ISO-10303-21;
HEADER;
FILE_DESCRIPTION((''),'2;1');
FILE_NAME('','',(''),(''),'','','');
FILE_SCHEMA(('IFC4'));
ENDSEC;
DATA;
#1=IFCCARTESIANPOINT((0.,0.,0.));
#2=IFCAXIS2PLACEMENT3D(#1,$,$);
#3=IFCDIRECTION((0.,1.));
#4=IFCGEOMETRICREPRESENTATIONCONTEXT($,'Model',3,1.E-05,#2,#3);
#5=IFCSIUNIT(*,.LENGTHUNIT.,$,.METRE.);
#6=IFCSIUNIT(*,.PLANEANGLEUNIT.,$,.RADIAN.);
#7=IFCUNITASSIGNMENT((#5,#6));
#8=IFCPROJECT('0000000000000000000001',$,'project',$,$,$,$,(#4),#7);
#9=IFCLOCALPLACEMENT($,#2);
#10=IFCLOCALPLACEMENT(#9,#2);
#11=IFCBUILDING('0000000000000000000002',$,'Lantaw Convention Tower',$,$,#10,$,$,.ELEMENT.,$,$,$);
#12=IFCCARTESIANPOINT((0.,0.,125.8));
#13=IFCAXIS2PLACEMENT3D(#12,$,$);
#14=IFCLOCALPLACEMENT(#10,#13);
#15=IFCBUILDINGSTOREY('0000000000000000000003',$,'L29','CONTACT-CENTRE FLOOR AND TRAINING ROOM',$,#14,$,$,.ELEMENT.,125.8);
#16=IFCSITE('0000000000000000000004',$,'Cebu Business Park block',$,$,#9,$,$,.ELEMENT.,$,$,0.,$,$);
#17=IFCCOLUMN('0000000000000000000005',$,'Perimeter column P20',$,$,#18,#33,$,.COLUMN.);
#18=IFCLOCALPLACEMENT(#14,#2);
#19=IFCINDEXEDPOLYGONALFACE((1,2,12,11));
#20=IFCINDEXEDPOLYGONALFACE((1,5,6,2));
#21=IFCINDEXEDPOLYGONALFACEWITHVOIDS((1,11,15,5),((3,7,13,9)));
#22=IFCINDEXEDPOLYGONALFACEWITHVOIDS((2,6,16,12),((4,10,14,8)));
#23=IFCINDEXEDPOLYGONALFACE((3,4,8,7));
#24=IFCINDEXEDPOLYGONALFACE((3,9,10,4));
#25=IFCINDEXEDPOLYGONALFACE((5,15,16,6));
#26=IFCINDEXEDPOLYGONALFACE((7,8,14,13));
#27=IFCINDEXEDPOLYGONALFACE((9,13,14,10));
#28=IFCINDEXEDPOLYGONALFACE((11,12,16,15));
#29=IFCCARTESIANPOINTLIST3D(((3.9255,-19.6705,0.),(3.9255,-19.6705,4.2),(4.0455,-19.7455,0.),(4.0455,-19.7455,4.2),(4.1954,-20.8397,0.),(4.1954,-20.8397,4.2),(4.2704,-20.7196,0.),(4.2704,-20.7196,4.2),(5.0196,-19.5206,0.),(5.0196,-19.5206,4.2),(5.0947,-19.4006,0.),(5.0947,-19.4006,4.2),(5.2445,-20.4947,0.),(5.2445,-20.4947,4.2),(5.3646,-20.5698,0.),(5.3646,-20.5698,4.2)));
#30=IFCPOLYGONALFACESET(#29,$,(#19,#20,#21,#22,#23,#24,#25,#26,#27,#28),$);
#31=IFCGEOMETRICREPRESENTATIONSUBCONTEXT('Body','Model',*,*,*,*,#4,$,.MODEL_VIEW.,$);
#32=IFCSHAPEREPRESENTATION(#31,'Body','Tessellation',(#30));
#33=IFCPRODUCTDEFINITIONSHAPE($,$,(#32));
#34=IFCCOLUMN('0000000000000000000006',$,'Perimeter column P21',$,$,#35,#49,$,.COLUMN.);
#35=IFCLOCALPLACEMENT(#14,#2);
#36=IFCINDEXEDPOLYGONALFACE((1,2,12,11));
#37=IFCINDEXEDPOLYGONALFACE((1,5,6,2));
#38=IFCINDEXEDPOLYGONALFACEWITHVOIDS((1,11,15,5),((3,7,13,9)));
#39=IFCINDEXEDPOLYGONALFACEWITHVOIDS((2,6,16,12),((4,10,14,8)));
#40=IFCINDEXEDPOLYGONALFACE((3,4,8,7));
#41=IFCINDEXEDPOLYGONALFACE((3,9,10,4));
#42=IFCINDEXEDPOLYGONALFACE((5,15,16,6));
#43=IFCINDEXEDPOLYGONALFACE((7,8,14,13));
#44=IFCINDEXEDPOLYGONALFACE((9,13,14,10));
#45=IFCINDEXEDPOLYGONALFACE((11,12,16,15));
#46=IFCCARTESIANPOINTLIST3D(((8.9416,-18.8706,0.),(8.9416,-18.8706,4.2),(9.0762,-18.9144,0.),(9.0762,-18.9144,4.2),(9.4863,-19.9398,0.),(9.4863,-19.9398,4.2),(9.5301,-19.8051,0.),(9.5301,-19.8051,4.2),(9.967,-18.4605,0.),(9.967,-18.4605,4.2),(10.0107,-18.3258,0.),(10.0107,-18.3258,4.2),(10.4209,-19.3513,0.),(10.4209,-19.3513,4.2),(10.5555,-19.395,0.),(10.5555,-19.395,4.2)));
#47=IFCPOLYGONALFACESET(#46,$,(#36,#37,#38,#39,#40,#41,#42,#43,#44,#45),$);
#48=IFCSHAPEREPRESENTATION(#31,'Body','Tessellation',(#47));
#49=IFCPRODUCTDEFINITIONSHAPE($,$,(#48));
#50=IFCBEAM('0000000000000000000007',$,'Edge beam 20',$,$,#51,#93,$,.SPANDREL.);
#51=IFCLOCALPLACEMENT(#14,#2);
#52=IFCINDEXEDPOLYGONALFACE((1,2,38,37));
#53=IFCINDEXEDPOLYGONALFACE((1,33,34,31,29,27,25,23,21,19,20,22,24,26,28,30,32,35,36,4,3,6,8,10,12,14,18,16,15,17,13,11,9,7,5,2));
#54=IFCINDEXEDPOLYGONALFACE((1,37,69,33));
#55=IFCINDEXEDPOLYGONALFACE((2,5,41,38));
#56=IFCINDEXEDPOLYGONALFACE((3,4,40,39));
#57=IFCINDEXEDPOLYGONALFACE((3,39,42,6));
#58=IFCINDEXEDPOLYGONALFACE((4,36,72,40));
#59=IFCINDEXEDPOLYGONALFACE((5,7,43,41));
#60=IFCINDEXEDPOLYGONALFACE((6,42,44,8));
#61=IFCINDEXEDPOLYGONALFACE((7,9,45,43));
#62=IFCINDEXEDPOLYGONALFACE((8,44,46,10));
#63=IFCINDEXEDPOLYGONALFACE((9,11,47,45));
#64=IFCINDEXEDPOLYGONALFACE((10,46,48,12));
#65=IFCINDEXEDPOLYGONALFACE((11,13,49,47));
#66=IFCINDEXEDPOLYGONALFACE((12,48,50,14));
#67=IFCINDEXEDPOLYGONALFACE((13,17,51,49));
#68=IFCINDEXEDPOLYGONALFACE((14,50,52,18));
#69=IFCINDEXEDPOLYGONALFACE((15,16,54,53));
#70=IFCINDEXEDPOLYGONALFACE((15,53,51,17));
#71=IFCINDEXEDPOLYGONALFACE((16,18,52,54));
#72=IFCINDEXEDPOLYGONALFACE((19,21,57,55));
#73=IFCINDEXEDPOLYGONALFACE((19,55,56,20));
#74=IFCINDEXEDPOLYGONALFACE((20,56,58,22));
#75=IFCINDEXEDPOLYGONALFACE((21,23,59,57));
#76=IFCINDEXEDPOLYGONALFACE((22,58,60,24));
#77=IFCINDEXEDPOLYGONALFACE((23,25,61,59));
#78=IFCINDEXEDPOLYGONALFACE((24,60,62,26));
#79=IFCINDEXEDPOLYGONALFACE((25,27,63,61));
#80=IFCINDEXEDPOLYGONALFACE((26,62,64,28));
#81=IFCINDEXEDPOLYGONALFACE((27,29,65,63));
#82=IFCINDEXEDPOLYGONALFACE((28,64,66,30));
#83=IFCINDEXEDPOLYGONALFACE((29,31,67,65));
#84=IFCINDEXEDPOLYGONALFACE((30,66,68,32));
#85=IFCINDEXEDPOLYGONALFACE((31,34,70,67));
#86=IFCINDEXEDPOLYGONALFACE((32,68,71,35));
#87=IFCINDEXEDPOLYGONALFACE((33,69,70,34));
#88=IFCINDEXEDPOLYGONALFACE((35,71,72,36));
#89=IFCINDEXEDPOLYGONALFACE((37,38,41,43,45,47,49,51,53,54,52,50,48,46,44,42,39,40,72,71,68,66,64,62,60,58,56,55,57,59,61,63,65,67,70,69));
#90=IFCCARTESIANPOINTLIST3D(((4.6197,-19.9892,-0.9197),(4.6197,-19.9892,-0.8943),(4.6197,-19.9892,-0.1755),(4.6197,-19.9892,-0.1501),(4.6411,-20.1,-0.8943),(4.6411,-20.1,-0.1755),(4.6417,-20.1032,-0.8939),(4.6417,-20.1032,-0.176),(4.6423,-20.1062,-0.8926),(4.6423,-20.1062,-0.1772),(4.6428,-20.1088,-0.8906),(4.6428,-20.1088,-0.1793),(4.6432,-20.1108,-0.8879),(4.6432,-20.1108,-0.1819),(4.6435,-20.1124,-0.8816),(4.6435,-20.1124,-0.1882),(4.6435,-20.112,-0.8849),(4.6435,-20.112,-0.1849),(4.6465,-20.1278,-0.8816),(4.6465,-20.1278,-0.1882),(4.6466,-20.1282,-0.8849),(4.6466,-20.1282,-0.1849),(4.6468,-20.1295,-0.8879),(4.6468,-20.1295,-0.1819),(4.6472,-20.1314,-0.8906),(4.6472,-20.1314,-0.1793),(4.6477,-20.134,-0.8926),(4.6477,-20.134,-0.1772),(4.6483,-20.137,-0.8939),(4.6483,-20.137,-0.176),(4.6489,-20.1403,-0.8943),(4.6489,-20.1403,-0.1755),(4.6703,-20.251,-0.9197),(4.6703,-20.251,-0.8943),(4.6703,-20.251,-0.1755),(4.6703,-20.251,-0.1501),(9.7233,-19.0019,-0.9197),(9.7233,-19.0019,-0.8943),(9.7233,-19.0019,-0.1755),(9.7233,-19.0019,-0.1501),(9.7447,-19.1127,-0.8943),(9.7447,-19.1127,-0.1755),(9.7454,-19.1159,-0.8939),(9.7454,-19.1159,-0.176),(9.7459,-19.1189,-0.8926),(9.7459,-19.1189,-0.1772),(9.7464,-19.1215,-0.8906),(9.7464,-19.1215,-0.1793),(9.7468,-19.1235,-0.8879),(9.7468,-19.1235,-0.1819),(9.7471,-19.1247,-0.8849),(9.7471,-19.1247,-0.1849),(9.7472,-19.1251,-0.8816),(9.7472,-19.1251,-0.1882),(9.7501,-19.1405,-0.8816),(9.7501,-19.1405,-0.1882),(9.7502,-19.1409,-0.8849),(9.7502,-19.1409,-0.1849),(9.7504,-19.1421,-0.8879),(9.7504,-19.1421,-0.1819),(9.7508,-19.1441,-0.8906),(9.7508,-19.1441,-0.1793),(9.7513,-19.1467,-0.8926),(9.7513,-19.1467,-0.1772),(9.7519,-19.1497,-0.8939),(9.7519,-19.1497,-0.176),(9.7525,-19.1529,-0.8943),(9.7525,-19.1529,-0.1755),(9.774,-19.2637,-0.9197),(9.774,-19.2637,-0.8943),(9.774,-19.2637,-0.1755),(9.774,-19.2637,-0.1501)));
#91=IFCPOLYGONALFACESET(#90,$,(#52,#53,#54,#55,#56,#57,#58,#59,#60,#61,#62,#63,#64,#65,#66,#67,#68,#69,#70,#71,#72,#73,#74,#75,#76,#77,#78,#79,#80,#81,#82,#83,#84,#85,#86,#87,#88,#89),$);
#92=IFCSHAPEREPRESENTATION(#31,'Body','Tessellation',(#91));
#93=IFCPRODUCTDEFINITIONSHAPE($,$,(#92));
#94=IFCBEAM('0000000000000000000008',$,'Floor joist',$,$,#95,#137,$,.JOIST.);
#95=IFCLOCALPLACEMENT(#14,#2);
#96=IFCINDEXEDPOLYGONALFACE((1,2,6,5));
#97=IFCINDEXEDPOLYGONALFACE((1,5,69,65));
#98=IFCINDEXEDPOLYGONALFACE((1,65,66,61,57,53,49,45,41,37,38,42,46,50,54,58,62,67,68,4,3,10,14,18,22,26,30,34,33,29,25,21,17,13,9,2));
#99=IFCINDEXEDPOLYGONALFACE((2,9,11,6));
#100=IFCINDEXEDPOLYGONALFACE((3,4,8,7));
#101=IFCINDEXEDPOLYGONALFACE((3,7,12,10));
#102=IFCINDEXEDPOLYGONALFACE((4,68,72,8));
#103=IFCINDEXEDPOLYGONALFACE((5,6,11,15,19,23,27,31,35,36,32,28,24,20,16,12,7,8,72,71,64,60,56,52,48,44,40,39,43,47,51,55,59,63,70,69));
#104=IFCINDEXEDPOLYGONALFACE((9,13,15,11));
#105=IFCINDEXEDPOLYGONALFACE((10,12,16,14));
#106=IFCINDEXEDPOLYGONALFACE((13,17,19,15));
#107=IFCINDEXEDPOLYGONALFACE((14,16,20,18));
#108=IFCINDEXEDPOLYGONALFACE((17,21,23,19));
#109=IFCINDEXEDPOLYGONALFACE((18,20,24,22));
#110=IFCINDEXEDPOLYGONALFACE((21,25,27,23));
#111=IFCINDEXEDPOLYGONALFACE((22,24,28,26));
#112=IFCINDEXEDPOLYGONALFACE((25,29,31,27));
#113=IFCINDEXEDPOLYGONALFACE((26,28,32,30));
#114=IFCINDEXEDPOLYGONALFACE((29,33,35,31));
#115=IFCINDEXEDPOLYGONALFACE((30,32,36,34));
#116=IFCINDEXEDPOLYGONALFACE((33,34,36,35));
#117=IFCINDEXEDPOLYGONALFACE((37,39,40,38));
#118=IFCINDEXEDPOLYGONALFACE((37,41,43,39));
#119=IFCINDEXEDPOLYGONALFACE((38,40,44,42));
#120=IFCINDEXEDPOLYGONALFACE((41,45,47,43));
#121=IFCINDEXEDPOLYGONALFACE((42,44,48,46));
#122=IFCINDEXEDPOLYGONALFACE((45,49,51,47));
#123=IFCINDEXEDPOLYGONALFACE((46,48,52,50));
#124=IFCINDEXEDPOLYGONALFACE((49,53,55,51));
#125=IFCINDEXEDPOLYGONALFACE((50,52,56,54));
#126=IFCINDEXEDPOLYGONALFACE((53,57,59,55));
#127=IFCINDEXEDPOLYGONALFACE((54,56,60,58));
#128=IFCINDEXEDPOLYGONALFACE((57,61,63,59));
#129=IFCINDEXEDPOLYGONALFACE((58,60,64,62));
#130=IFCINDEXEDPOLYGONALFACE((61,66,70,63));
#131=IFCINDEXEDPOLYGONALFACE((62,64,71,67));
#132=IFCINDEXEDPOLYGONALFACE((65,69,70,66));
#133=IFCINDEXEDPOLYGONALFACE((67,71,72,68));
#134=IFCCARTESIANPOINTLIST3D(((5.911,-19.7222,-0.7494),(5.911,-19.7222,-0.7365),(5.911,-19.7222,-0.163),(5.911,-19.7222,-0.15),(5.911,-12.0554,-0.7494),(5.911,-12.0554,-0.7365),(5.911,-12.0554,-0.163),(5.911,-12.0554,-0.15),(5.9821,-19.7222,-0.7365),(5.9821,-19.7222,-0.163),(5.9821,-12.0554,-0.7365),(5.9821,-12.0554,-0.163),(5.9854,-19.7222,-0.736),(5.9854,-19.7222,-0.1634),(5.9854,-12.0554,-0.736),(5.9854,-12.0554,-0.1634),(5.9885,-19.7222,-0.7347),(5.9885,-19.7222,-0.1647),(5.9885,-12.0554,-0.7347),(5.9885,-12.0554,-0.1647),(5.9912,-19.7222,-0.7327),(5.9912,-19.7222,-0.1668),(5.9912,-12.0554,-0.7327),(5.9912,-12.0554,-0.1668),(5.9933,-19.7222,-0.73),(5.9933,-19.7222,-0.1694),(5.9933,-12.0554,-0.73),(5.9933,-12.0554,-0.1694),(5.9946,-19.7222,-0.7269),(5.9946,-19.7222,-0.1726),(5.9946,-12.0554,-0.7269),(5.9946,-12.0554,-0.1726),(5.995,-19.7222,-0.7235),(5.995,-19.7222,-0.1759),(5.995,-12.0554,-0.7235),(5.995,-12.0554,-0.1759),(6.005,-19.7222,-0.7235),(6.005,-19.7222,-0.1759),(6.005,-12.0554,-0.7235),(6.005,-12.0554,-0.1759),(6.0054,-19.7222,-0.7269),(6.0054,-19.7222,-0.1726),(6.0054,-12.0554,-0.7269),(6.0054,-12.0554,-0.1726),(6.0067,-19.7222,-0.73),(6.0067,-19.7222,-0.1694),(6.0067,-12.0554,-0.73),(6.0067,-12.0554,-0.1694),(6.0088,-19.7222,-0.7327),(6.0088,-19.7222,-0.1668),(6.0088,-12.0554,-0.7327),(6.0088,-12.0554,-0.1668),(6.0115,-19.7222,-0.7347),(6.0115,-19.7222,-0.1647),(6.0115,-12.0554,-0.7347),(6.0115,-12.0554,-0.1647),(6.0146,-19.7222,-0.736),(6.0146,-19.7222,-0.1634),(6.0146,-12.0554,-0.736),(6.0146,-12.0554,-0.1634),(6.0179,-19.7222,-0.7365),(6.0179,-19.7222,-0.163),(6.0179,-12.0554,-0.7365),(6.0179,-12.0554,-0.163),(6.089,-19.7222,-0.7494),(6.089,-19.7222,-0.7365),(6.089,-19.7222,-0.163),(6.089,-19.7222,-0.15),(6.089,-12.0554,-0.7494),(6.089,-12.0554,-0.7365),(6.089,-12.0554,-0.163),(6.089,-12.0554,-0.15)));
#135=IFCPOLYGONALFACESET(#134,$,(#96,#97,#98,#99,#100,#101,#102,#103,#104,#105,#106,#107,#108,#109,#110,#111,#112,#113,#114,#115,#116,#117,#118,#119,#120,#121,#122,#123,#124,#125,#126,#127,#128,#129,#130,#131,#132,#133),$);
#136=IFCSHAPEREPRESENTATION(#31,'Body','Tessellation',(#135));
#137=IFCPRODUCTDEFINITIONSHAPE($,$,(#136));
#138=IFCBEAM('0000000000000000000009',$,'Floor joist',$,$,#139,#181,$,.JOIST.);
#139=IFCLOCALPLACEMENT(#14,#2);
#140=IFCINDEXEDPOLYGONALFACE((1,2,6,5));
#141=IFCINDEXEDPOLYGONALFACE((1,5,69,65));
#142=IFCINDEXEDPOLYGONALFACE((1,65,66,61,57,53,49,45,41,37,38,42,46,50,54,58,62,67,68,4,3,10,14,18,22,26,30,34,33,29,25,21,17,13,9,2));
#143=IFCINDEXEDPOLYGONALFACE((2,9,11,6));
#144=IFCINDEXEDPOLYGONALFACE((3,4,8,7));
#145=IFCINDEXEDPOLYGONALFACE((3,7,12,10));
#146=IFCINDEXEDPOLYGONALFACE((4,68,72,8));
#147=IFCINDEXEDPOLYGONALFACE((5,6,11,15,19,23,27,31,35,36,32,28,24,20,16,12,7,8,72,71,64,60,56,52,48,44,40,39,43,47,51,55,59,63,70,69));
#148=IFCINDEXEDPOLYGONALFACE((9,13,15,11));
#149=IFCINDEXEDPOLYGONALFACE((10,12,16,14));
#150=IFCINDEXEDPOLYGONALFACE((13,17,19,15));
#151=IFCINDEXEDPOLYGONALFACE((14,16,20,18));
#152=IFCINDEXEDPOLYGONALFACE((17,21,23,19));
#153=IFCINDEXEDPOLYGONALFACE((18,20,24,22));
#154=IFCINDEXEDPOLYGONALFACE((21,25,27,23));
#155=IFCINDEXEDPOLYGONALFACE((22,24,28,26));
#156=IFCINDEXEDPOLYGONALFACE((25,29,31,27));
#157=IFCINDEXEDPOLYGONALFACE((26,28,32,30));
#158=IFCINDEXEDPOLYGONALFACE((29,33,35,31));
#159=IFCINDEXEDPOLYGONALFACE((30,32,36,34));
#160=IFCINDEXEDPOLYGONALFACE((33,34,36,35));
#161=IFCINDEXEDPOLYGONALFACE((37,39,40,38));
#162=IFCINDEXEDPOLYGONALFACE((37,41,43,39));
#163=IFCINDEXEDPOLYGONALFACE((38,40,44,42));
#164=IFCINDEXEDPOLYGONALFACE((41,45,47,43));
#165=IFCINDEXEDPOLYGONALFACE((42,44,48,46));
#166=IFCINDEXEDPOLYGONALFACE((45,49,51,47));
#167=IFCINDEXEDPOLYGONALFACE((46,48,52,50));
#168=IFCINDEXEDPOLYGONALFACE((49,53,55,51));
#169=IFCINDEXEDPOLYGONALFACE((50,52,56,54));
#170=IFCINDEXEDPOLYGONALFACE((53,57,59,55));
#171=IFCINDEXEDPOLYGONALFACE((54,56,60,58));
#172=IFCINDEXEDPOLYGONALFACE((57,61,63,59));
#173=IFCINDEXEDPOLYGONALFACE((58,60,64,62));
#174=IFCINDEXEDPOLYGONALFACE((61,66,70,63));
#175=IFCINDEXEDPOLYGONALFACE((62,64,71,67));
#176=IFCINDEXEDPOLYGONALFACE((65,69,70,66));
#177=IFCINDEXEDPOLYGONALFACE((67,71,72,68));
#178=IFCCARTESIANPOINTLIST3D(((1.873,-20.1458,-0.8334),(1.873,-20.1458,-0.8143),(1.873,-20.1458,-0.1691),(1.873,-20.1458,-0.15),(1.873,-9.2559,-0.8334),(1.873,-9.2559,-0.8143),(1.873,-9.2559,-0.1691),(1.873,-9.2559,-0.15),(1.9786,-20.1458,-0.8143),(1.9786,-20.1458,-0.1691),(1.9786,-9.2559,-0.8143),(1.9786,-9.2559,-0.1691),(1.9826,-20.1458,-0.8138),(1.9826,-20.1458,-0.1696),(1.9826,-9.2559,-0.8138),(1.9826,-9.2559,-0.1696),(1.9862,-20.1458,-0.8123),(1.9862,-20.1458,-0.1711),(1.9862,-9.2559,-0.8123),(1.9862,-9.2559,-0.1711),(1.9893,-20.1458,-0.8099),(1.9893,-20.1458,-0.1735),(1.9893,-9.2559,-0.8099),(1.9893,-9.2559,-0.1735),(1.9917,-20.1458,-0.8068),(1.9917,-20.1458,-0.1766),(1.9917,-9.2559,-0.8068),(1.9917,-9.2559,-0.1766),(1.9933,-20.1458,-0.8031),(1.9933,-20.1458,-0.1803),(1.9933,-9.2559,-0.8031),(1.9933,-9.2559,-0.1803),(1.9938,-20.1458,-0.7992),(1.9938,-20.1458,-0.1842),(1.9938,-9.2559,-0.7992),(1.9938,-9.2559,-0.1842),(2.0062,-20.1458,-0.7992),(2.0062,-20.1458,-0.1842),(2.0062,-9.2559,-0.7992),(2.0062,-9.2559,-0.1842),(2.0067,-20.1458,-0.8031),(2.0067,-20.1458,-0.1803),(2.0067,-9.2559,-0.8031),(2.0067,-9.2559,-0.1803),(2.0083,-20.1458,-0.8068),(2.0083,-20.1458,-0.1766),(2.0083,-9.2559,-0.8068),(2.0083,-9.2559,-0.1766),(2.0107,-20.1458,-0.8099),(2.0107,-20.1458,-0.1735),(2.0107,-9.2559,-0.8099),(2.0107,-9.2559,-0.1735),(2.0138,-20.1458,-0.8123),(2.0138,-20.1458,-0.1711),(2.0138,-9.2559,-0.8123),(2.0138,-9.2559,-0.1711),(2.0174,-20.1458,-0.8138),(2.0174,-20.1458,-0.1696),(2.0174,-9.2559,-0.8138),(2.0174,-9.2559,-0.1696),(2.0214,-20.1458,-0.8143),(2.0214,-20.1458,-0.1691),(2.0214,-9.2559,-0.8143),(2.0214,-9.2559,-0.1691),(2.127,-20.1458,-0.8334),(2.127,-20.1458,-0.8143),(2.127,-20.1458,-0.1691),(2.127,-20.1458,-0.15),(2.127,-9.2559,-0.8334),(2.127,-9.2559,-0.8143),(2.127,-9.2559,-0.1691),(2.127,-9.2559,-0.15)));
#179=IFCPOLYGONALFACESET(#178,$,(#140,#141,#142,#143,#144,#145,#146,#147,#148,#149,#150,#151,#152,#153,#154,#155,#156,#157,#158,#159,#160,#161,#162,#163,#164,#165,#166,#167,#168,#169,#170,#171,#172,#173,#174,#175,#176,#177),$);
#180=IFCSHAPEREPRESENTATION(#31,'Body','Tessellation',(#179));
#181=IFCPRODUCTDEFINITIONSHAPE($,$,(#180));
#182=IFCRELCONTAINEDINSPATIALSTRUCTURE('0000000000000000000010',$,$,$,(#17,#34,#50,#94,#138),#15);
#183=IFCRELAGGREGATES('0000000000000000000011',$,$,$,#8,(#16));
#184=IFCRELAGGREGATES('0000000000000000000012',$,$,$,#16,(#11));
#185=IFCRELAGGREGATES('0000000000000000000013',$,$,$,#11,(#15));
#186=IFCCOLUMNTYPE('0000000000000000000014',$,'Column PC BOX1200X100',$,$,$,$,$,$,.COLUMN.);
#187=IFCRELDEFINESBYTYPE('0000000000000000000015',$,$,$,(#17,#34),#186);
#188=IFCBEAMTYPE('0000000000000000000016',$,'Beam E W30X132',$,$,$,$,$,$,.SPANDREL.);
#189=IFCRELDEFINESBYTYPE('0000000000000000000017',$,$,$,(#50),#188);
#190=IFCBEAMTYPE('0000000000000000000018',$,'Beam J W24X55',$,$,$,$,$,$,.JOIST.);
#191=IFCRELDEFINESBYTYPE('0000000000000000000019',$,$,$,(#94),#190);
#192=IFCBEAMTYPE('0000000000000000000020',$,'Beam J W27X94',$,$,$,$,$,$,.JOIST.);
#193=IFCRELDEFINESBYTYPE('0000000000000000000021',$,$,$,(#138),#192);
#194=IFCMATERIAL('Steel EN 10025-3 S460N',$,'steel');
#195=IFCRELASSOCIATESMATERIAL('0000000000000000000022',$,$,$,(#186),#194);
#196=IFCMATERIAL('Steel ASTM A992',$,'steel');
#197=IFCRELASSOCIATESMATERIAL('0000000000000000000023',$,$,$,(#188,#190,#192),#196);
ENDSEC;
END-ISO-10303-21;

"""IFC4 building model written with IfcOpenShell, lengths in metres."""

from ifc_helpers import new_model, si_unit, direction, frame, origin, origin_2d, place, context, subcontext, project, spatial, rectangle, hollow_rectangle, i_section, extrude, material, material_profile, profile_set, type_object, element, save


model = new_model("IFC4")

# Units and contexts
model_context = context("Model", 3, precision=1e-05, world=origin(), true_north=direction((0.0, 1.0)))
body_context = subcontext(model_context, "Body", "Model", "MODEL_VIEW")
ifc_project = project(units=[si_unit("LENGTHUNIT", "METRE"), si_unit("PLANEANGLEUNIT", "RADIAN")], contexts=[model_context])

# Site, building, storey
site_placement = place(None, origin())
site = spatial("IfcSite", under=ifc_project, at=site_placement, Name="Cebu Business Park block", CompositionType="ELEMENT", RefElevation=0.0)
building_placement = place(site_placement, origin())
building = spatial("IfcBuilding", under=site, at=building_placement, Name="Lantaw Convention Tower", CompositionType="ELEMENT")
storey_placement = place(building_placement, frame((0.0, 0.0, 125.8)))
storey = spatial("IfcBuildingStorey", under=building, at=storey_placement, Name="L29", Description="CONTACT-CENTRE FLOOR AND TRAINING ROOM", CompositionType="ELEMENT", Elevation=125.8)

# Columns
ifc_material_1 = material(Name="Steel EN 10025-3 S460N", Category="steel")
ifc_material_profile_1 = material_profile(ifc_material_1, hollow_rectangle(XDim=1.2, YDim=1.2, WallThickness=0.1001, at=origin_2d()), Name="BOX1200X100")
ifc_material_2 = material(Name="Concrete C60/75", Category="concrete")
ifc_material_profile_2 = material_profile(ifc_material_2, rectangle(XDim=1.0, YDim=1.0, at=origin_2d()), Name="Concrete fill of BOX1200X100")
ifc_profile_set_1 = profile_set([ifc_material_profile_1, ifc_material_profile_2], Name="Steel EN 10025-3 S460N")
column_type = type_object("IfcColumnType", Name="Column PC BOX1200X100", PredefinedType="COLUMN", material=ifc_profile_set_1)
for number, where, z_axis, x_axis, name in (
    (1, (4.645, -20.1201, 0.0), (0.0, 0.0, 1.0), (0.97437, 0.224951, 0.0), "Perimeter column P20"),
    (2, (9.7485, -19.1328, 0.0), (0.0, 0.0, 1.0), (0.891007, 0.45399, 0.0), "Perimeter column P21"),
):
    element("IfcColumn", number, at=place(storey_placement, frame(where, z_axis=z_axis, x_axis=x_axis)), inside=storey, type_object=column_type, Name=name, PredefinedType="COLUMN", context=body_context, shape_type="SweptSolid", body=[
        extrude(hollow_rectangle(XDim=1.2, YDim=1.2, WallThickness=0.1001, at=origin_2d()), origin(), (0.0, 0.0, 1.0), 4.2),
    ])

# Beams
ifc_material_3 = material(Name="Steel ASTM A992", Category="steel")
ifc_material_profile_3 = material_profile(ifc_material_3, i_section(OverallWidth=0.2666, OverallDepth=0.7695, WebThickness=0.0156, FlangeThickness=0.0254, FilletRadius=0.0127, at=origin_2d()), Name="W30X132")
ifc_profile_set_2 = profile_set([ifc_material_profile_3], Name="Steel ASTM A992")
beam_type_1 = type_object("IfcBeamType", Name="Beam E W30X132", PredefinedType="SPANDREL", material=ifc_profile_set_2)
beam_1_placement = place(storey_placement, frame((4.645, -20.1201, -0.5349), z_axis=(0.981797, 0.189934, 0.0), x_axis=(-0.189934, 0.981797, 0.0)))
element("IfcBeam", 3, at=beam_1_placement, inside=storey, type_object=beam_type_1, Name="Edge beam 20", PredefinedType="SPANDREL", context=body_context, shape_type="SweptSolid", body=[
    extrude(i_section(OverallWidth=0.2666, OverallDepth=0.7695, WebThickness=0.0156, FlangeThickness=0.0254, FilletRadius=0.0127, at=origin_2d()), origin(), (0.0, 0.0, 1.0), 5.1982),
])
ifc_material_profile_4 = material_profile(ifc_material_3, i_section(OverallWidth=0.178, OverallDepth=0.5994, WebThickness=0.01, FlangeThickness=0.0129, FilletRadius=0.0129, at=origin_2d()), Name="W24X55")
ifc_profile_set_3 = profile_set([ifc_material_profile_4], Name="Steel ASTM A992")
beam_type_2 = type_object("IfcBeamType", Name="Beam J W24X55", PredefinedType="JOIST", material=ifc_profile_set_3)
beam_2_placement = place(storey_placement, frame((6.0, -19.7222, -0.4497), z_axis=(0.0, 1.0, 0.0), x_axis=(-1.0, 0.0, 0.0)))
element("IfcBeam", 4, at=beam_2_placement, inside=storey, type_object=beam_type_2, Name="Floor joist", PredefinedType="JOIST", context=body_context, shape_type="SweptSolid", body=[
    extrude(i_section(OverallWidth=0.178, OverallDepth=0.5994, WebThickness=0.01, FlangeThickness=0.0129, FilletRadius=0.0129, at=origin_2d()), origin(), (0.0, 0.0, 1.0), 7.6667),
])
ifc_material_profile_5 = material_profile(ifc_material_3, i_section(OverallWidth=0.2539, OverallDepth=0.6833, WebThickness=0.0125, FlangeThickness=0.019, FilletRadius=0.0151, at=origin_2d()), Name="W27X94")
ifc_profile_set_4 = profile_set([ifc_material_profile_5], Name="Steel ASTM A992")
beam_type_3 = type_object("IfcBeamType", Name="Beam J W27X94", PredefinedType="JOIST", material=ifc_profile_set_4)
beam_3_placement = place(storey_placement, frame((2.0, -20.1458, -0.4917), z_axis=(0.0, 1.0, 0.0), x_axis=(-1.0, 0.0, 0.0)))
element("IfcBeam", 5, at=beam_3_placement, inside=storey, type_object=beam_type_3, Name="Floor joist", PredefinedType="JOIST", context=body_context, shape_type="SweptSolid", body=[
    extrude(i_section(OverallWidth=0.2539, OverallDepth=0.6833, WebThickness=0.0125, FlangeThickness=0.019, FilletRadius=0.0151, at=origin_2d()), origin(), (0.0, 0.0, 1.0), 10.8899),
])

save(model, "model.ifc")
